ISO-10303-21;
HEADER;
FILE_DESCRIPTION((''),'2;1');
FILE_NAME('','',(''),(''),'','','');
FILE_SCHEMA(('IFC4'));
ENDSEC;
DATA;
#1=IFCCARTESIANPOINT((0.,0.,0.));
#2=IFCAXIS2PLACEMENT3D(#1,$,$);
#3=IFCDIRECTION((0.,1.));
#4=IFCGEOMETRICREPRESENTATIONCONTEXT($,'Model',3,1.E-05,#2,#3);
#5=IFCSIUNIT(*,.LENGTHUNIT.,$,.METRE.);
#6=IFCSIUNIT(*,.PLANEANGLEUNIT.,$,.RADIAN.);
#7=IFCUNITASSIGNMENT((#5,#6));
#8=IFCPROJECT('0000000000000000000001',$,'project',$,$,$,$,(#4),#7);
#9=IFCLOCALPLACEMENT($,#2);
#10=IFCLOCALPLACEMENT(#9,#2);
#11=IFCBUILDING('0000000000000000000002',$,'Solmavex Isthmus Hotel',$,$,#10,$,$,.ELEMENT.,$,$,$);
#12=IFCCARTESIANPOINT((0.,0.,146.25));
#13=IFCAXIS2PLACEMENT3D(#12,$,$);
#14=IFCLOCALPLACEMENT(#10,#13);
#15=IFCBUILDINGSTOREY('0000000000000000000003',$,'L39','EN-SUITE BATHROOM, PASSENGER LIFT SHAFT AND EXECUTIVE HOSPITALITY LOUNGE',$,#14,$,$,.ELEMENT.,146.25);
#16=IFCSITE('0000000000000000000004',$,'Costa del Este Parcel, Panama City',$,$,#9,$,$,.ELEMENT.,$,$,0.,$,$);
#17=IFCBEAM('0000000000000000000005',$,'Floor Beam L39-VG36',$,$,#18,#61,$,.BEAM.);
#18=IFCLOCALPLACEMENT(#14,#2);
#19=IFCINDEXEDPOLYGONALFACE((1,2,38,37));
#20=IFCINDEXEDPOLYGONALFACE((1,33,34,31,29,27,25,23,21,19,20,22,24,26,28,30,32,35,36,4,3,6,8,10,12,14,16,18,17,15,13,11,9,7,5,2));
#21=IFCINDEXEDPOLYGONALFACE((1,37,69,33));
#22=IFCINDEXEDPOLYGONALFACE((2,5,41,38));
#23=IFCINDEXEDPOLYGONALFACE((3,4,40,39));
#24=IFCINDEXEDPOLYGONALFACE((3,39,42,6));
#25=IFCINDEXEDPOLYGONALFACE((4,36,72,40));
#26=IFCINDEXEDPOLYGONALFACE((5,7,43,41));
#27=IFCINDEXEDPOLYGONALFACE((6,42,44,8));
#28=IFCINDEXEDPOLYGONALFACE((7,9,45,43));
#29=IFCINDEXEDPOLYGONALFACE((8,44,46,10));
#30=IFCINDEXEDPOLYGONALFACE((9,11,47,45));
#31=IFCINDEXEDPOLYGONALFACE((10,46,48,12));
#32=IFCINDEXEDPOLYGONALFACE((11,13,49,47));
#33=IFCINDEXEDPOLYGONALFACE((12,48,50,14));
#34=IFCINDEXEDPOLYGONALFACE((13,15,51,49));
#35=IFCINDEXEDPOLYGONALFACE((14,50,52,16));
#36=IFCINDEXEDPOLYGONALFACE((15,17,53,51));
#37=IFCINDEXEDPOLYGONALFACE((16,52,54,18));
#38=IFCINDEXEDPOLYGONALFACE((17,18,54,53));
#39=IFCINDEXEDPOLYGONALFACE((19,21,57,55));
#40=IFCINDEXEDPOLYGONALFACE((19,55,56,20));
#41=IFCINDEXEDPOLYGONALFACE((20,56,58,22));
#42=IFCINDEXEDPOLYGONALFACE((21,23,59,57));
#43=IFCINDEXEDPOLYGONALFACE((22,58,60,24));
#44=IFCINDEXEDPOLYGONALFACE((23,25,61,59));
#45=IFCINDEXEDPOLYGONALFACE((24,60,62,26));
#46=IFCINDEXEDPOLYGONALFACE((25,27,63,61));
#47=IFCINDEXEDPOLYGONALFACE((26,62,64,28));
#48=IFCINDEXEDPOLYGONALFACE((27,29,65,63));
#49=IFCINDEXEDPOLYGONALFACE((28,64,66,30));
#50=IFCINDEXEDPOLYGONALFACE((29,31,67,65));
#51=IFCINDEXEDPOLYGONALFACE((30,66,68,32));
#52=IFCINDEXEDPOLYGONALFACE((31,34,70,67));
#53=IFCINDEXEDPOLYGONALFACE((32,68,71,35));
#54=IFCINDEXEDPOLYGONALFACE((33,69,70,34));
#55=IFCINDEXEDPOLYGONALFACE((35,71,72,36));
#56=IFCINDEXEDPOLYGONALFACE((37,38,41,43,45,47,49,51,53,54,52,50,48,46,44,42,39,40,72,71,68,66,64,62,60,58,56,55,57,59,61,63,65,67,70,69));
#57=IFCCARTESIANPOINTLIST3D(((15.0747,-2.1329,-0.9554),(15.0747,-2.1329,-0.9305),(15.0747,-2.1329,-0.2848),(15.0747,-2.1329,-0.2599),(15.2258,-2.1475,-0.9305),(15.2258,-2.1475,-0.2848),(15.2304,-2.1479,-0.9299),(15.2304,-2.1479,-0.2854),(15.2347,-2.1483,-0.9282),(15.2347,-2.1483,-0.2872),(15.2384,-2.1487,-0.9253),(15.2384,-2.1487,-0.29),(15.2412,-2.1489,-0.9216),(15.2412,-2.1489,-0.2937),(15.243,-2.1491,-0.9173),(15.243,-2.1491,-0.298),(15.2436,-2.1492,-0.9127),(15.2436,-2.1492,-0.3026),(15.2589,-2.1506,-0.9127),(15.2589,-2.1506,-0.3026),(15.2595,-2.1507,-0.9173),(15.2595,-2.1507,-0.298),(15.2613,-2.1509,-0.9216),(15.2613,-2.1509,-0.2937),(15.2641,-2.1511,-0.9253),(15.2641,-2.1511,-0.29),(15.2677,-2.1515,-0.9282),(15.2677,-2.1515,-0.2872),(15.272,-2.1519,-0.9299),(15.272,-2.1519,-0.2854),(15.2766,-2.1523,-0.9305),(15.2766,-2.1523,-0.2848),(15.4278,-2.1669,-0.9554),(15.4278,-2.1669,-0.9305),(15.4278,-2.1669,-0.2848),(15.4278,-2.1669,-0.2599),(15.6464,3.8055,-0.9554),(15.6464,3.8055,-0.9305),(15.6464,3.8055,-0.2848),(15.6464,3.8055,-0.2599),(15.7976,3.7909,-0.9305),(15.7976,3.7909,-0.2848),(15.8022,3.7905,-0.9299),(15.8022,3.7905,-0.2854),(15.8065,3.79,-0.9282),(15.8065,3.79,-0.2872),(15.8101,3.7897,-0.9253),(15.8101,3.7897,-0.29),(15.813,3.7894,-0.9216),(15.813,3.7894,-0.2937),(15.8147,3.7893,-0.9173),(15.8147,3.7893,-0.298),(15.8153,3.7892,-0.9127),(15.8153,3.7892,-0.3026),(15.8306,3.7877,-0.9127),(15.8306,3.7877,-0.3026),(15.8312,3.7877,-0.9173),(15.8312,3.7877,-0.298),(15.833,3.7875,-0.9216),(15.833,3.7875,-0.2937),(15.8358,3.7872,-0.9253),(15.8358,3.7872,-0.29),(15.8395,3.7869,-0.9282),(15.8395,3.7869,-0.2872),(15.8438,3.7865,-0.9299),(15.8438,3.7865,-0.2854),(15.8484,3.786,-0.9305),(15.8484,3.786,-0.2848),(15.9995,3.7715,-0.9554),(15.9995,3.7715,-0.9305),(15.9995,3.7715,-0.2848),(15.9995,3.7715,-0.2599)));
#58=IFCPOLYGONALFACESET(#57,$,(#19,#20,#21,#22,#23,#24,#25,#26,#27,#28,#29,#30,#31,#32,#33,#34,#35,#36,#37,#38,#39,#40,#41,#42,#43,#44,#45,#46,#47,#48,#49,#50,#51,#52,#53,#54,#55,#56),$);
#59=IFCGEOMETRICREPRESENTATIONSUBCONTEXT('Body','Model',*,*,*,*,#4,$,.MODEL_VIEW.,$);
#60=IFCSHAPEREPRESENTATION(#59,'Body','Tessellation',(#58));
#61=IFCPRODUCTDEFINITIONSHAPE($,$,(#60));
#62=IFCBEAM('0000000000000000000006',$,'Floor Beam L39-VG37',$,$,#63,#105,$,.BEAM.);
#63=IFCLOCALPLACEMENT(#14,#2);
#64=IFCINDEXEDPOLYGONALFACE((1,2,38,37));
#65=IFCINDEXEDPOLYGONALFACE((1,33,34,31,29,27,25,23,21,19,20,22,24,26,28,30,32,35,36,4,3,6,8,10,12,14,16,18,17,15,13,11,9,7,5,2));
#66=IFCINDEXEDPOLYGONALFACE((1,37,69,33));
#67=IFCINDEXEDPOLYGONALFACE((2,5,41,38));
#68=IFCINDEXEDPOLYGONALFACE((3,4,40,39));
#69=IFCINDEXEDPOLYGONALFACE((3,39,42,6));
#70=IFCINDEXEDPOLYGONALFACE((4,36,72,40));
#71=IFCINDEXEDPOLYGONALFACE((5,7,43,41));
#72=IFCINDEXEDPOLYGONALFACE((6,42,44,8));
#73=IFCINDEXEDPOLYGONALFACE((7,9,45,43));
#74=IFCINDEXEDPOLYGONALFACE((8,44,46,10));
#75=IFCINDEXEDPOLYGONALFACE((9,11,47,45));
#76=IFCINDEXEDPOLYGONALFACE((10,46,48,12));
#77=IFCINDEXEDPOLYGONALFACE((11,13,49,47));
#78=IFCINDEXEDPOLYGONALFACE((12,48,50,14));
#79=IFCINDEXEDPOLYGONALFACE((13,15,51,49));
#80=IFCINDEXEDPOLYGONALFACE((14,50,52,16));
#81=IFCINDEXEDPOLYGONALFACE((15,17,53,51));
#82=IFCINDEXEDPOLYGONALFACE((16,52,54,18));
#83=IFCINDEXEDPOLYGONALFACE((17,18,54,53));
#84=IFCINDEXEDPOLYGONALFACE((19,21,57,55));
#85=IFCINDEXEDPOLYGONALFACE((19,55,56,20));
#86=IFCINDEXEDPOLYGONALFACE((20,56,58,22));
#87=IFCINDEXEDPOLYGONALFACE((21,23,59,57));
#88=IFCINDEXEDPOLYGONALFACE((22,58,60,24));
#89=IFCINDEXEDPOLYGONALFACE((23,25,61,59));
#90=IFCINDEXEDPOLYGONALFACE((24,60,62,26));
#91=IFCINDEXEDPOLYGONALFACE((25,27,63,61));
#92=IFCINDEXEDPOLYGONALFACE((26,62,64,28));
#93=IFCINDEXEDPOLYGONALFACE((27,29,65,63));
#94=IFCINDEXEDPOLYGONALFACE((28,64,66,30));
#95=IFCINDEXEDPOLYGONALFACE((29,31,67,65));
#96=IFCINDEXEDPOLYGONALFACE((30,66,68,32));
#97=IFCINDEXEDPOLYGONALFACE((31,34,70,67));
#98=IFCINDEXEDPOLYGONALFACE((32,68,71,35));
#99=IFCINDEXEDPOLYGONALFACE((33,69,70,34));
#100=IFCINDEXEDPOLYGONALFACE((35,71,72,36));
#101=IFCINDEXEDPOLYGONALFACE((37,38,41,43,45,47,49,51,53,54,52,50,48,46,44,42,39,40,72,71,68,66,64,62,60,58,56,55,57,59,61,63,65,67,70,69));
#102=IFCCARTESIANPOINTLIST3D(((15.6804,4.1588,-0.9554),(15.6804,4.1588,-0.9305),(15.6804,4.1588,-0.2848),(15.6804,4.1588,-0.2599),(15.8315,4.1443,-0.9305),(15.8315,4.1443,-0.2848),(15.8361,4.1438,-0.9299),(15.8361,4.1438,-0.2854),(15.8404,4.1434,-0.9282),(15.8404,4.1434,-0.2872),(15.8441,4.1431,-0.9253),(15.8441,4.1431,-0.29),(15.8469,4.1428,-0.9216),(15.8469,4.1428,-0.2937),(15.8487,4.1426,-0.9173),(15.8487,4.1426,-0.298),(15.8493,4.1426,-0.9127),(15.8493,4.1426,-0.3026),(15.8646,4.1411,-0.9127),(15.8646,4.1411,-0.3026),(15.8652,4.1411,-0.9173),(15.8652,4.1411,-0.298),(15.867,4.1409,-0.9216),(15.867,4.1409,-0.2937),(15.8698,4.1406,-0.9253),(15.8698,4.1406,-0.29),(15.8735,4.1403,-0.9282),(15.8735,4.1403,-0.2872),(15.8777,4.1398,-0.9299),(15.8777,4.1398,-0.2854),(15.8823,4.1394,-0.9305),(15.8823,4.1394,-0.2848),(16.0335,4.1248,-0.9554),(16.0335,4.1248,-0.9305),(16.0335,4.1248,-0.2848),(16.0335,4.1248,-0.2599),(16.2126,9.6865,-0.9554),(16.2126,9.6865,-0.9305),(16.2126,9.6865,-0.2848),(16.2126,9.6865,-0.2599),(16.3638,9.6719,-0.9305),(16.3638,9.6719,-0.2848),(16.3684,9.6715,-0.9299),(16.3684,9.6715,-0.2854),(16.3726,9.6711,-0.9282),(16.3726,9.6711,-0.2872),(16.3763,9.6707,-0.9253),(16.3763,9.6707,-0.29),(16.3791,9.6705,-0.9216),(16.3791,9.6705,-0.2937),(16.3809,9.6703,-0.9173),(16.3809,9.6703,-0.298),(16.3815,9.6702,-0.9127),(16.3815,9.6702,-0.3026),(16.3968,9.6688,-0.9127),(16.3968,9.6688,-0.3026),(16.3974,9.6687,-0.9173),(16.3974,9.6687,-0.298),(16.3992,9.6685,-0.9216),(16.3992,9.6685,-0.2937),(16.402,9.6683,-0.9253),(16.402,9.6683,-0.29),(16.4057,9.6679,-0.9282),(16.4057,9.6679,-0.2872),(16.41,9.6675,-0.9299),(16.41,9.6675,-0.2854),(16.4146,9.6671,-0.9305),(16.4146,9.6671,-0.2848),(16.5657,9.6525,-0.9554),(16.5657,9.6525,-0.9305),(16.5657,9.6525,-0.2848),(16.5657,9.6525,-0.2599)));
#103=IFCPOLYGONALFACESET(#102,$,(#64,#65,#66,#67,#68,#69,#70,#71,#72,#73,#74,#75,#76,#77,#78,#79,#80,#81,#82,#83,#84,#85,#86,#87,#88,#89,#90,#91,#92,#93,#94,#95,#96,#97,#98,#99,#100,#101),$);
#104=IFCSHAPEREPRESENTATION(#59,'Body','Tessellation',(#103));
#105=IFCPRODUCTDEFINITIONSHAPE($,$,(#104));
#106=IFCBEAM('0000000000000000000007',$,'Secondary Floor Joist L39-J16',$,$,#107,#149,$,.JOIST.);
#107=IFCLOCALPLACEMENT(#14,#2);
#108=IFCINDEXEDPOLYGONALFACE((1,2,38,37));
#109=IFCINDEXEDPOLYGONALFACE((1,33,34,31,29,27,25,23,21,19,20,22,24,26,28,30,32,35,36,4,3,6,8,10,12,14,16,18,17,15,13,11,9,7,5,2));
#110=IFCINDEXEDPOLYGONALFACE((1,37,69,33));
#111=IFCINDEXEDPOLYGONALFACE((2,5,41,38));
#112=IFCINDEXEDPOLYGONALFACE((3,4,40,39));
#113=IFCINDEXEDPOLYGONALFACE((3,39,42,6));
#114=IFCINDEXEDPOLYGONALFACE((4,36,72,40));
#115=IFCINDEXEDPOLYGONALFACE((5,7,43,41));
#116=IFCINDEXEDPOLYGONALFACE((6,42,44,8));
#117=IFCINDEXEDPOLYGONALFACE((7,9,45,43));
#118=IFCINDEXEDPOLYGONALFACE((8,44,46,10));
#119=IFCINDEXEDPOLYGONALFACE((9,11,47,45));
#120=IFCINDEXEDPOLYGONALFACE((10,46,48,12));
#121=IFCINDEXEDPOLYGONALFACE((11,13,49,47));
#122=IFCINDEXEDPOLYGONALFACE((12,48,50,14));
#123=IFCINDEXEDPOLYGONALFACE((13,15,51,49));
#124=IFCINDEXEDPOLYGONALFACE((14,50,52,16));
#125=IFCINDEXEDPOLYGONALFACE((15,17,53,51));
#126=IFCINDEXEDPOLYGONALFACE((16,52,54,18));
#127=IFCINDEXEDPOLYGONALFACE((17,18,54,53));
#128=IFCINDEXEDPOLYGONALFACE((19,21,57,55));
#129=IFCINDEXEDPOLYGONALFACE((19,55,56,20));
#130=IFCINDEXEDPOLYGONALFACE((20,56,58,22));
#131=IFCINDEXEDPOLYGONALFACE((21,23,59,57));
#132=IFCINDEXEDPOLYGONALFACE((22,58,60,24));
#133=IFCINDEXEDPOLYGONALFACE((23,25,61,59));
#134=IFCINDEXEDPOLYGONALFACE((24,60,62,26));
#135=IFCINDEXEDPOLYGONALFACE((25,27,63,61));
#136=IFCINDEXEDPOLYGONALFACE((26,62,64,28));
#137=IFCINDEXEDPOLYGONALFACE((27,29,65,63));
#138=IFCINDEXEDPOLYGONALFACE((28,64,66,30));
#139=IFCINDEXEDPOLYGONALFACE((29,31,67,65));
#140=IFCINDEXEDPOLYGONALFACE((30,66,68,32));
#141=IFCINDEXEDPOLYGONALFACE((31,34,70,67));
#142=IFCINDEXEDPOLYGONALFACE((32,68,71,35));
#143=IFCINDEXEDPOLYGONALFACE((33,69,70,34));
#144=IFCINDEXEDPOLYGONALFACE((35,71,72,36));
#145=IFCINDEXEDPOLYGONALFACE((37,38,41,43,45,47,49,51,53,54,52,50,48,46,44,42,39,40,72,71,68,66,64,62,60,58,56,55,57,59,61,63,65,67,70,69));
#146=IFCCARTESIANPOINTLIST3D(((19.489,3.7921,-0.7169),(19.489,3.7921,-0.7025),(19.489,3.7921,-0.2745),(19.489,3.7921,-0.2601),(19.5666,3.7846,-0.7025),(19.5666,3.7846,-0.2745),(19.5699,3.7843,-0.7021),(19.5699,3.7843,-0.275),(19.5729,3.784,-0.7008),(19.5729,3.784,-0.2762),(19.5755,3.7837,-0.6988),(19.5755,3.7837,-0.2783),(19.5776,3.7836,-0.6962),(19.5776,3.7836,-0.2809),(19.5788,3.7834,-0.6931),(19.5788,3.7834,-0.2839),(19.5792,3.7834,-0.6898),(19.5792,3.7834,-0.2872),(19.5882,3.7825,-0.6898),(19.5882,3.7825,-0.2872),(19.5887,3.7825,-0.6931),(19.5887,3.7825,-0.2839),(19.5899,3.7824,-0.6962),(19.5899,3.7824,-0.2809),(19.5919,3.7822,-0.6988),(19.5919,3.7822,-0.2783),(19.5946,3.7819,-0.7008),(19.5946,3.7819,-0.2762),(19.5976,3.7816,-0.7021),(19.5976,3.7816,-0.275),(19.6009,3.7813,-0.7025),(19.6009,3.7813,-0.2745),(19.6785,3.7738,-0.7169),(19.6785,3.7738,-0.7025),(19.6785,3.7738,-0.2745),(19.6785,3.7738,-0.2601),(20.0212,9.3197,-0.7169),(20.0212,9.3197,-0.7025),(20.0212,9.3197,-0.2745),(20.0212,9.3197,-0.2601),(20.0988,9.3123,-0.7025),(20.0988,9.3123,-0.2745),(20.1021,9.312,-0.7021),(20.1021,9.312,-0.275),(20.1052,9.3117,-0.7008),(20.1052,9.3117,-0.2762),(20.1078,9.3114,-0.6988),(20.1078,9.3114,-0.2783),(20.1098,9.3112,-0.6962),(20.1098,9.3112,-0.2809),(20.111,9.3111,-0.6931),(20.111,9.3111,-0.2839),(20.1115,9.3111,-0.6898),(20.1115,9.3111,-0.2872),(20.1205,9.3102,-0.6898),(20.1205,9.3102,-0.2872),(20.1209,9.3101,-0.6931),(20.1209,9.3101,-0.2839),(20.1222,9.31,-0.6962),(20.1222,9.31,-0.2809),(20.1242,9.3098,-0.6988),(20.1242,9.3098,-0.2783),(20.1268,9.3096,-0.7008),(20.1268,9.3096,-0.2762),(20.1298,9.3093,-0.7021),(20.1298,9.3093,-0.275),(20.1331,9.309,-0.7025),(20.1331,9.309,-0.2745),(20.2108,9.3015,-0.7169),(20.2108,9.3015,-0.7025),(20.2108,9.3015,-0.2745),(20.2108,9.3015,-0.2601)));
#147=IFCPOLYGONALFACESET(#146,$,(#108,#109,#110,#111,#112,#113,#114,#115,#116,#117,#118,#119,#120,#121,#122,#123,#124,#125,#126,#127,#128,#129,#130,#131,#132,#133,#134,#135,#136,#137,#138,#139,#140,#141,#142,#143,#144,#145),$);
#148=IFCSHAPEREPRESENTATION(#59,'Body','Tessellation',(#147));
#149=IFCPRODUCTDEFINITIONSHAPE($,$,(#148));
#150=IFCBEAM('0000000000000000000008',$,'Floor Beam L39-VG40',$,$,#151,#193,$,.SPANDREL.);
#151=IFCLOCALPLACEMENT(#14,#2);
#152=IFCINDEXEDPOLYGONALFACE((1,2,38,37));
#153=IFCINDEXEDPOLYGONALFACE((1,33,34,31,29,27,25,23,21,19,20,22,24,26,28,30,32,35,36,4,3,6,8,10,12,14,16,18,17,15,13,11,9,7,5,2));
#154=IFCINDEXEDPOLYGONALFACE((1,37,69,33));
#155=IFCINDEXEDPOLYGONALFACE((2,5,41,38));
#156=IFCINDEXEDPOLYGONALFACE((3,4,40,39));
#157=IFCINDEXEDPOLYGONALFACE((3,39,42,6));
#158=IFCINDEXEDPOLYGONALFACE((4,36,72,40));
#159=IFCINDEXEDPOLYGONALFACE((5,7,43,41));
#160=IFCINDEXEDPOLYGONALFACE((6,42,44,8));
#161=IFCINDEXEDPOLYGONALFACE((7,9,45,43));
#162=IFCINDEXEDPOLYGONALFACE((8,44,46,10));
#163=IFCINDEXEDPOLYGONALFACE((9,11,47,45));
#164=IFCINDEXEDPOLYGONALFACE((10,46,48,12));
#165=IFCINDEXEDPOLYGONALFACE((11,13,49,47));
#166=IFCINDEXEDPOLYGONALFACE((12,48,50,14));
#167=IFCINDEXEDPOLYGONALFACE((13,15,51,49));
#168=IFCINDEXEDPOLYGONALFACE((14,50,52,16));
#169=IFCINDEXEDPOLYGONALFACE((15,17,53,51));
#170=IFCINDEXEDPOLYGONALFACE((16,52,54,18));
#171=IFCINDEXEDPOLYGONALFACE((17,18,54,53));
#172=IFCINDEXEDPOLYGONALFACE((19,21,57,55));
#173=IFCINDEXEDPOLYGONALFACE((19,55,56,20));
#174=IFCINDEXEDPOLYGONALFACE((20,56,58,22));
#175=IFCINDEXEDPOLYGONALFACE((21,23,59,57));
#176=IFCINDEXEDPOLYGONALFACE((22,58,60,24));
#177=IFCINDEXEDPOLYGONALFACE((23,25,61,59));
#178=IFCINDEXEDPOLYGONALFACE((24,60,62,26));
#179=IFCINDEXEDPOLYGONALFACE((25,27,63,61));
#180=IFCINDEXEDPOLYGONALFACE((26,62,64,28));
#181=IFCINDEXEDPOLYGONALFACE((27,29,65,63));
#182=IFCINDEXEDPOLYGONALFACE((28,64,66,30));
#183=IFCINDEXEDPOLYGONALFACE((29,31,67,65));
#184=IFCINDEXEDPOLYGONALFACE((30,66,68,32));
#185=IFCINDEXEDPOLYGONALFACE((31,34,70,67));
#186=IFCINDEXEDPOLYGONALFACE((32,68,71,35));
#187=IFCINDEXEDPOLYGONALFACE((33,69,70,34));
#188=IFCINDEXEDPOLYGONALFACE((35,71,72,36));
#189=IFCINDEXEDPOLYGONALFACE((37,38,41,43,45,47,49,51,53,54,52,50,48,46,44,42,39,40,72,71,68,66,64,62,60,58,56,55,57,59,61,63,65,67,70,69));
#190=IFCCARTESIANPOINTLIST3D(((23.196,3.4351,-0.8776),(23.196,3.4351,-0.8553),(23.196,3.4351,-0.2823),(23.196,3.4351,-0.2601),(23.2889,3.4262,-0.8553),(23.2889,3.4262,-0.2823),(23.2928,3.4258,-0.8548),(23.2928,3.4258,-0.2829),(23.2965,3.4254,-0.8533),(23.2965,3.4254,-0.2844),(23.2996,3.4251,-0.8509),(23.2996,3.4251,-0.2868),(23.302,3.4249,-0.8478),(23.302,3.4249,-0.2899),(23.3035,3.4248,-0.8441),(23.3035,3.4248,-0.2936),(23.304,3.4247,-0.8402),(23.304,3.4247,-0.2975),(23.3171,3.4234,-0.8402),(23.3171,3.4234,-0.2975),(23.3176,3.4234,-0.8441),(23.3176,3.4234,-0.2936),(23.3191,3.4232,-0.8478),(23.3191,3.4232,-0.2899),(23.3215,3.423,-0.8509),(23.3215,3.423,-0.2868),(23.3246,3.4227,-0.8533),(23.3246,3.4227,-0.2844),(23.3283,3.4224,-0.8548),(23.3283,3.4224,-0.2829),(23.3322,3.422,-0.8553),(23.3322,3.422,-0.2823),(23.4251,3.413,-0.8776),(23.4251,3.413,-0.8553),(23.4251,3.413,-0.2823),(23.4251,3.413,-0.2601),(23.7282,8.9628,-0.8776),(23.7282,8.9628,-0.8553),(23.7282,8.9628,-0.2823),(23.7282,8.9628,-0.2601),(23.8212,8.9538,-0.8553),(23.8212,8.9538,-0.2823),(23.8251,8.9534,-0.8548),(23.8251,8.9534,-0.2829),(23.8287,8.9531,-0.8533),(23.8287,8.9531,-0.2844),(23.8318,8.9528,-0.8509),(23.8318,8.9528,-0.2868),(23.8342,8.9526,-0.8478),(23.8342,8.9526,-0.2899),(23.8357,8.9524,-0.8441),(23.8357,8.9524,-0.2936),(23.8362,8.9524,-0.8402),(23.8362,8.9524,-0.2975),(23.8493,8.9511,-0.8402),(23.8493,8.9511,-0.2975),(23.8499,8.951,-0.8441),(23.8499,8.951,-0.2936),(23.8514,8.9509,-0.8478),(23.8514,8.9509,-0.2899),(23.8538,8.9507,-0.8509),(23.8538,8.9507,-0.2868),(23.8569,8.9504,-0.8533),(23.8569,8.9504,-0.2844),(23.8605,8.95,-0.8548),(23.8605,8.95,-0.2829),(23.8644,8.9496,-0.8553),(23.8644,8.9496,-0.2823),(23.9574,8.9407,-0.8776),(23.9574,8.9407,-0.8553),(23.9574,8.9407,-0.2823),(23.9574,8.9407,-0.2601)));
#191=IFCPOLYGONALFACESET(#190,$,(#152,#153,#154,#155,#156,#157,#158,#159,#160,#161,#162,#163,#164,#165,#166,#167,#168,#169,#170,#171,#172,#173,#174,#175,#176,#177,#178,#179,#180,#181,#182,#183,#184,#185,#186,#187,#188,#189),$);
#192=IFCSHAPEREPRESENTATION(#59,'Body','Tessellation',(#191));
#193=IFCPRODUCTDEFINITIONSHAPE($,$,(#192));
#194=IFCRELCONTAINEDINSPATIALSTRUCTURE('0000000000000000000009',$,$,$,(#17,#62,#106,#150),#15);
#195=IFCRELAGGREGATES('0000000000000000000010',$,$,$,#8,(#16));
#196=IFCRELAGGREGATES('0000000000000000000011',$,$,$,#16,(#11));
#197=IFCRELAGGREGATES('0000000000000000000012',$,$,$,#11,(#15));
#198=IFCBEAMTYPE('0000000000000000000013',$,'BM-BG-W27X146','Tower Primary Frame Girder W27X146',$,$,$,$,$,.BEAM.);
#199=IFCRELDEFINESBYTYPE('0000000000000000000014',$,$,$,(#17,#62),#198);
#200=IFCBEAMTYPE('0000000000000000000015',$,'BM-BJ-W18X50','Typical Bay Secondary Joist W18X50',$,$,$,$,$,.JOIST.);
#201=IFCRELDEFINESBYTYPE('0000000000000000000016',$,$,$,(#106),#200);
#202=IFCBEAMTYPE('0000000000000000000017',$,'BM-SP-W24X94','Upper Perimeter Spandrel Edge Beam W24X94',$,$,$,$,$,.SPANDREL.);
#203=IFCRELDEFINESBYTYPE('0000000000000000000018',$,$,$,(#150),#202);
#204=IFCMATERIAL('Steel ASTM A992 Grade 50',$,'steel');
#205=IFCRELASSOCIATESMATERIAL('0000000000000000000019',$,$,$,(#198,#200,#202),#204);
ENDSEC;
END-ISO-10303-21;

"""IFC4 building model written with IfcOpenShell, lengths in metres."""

from ifc_helpers import new_model, si_unit, direction, frame, origin, origin_2d, place, context, subcontext, project, spatial, i_section, extrude, material, material_profile, profile_set, type_object, element, save


model = new_model("IFC4")

# Units and contexts
model_context = context("Model", 3, precision=1e-05, world=origin(), true_north=direction((0.0, 1.0)))
body_context = subcontext(model_context, "Body", "Model", "MODEL_VIEW")
ifc_project = project(units=[si_unit("LENGTHUNIT", "METRE"), si_unit("PLANEANGLEUNIT", "RADIAN")], contexts=[model_context])

# Site, building, storey
site_placement = place(None, origin())
site = spatial("IfcSite", under=ifc_project, at=site_placement, Name="Costa del Este Parcel, Panama City", CompositionType="ELEMENT", RefElevation=0.0)
building_placement = place(site_placement, origin())
building = spatial("IfcBuilding", under=site, at=building_placement, Name="Solmavex Isthmus Hotel", CompositionType="ELEMENT")
storey_placement = place(building_placement, frame((0.0, 0.0, 146.25)))
storey = spatial("IfcBuildingStorey", under=building, at=storey_placement, Name="L39", Description="EN-SUITE BATHROOM, PASSENGER LIFT SHAFT AND EXECUTIVE HOSPITALITY LOUNGE", CompositionType="ELEMENT", Elevation=146.25)

# Beams
ifc_material_1 = material(Name="Steel ASTM A992 Grade 50", Category="steel")
ifc_material_profile_1 = material_profile(ifc_material_1, i_section(OverallWidth=0.3547, OverallDepth=0.6956, WebThickness=0.0154, FlangeThickness=0.0249, FilletRadius=0.0178, at=origin_2d()), Name="W27X146")
ifc_profile_set_1 = profile_set([ifc_material_profile_1], Name="Steel ASTM A992 Grade 50")
beam_type_1 = type_object("IfcBeamType", Name="BM-BG-W27X146", Description="Tower Primary Frame Girder W27X146", PredefinedType="BEAM", material=ifc_profile_set_1)
beam_1_placement = place(storey_placement, frame((15.2512, -2.1499, -0.6077), z_axis=(0.09584, 0.995397, 0.0), x_axis=(-0.995397, 0.09584, 0.0)))
element("IfcBeam", 1, at=beam_1_placement, inside=storey, type_object=beam_type_1, Name="Floor Beam L39-VG36", PredefinedType="BEAM", context=body_context, shape_type="SweptSolid", body=[
    extrude(i_section(OverallWidth=0.3547, OverallDepth=0.6956, WebThickness=0.0154, FlangeThickness=0.0249, FilletRadius=0.0178, at=origin_2d()), origin(), (0.0, 0.0, 1.0), 5.9658),
])
beam_2_placement = place(storey_placement, frame((15.8569, 4.1418, -0.6077), z_axis=(0.095842, 0.995397, 0.0), x_axis=(-0.995397, 0.095842, 0.0)))
element("IfcBeam", 2, at=beam_2_placement, inside=storey, type_object=beam_type_1, Name="Floor Beam L39-VG37", PredefinedType="BEAM", context=body_context, shape_type="SweptSolid", body=[
    extrude(i_section(OverallWidth=0.3547, OverallDepth=0.6956, WebThickness=0.0154, FlangeThickness=0.0249, FilletRadius=0.0178, at=origin_2d()), origin(), (0.0, 0.0, 1.0), 5.5532),
])
ifc_material_profile_2 = material_profile(ifc_material_1, i_section(OverallWidth=0.1904, OverallDepth=0.4568, WebThickness=0.009, FlangeThickness=0.0144, FilletRadius=0.0127, at=origin_2d()), Name="W18X50")
ifc_profile_set_2 = profile_set([ifc_material_profile_2], Name="Steel ASTM A992 Grade 50")
beam_type_2 = type_object("IfcBeamType", Name="BM-BJ-W18X50", Description="Typical Bay Secondary Joist W18X50", PredefinedType="JOIST", material=ifc_profile_set_2)
beam_3_placement = place(storey_placement, frame((19.5837, 3.783, -0.4885), z_axis=(0.095842, 0.995397, 0.0), x_axis=(-0.995397, 0.095842, 0.0)))
element("IfcBeam", 3, at=beam_3_placement, inside=storey, type_object=beam_type_2, Name="Secondary Floor Joist L39-J16", PredefinedType="JOIST", context=body_context, shape_type="SweptSolid", body=[
    extrude(i_section(OverallWidth=0.1904, OverallDepth=0.4568, WebThickness=0.009, FlangeThickness=0.0144, FilletRadius=0.0127, at=origin_2d()), origin(), (0.0, 0.0, 1.0), 5.5532),
])
ifc_material_profile_3 = material_profile(ifc_material_1, i_section(OverallWidth=0.2302, OverallDepth=0.6174, WebThickness=0.0132, FlangeThickness=0.0222, FilletRadius=0.0151, at=origin_2d()), Name="W24X94")
ifc_profile_set_3 = profile_set([ifc_material_profile_3], Name="Steel ASTM A992 Grade 50")
beam_type_3 = type_object("IfcBeamType", Name="BM-SP-W24X94", Description="Upper Perimeter Spandrel Edge Beam W24X94", PredefinedType="SPANDREL", material=ifc_profile_set_3)
beam_4_placement = place(storey_placement, frame((23.3105, 3.4241, -0.5688), z_axis=(0.095842, 0.995397, 0.0), x_axis=(-0.995397, 0.095842, 0.0)))
element("IfcBeam", 4, at=beam_4_placement, inside=storey, type_object=beam_type_3, Name="Floor Beam L39-VG40", PredefinedType="SPANDREL", context=body_context, shape_type="SweptSolid", body=[
    extrude(i_section(OverallWidth=0.2302, OverallDepth=0.6174, WebThickness=0.0132, FlangeThickness=0.0222, FilletRadius=0.0151, at=origin_2d()), origin(), (0.0, 0.0, 1.0), 5.5532),
])

save(model, "model.ifc")
